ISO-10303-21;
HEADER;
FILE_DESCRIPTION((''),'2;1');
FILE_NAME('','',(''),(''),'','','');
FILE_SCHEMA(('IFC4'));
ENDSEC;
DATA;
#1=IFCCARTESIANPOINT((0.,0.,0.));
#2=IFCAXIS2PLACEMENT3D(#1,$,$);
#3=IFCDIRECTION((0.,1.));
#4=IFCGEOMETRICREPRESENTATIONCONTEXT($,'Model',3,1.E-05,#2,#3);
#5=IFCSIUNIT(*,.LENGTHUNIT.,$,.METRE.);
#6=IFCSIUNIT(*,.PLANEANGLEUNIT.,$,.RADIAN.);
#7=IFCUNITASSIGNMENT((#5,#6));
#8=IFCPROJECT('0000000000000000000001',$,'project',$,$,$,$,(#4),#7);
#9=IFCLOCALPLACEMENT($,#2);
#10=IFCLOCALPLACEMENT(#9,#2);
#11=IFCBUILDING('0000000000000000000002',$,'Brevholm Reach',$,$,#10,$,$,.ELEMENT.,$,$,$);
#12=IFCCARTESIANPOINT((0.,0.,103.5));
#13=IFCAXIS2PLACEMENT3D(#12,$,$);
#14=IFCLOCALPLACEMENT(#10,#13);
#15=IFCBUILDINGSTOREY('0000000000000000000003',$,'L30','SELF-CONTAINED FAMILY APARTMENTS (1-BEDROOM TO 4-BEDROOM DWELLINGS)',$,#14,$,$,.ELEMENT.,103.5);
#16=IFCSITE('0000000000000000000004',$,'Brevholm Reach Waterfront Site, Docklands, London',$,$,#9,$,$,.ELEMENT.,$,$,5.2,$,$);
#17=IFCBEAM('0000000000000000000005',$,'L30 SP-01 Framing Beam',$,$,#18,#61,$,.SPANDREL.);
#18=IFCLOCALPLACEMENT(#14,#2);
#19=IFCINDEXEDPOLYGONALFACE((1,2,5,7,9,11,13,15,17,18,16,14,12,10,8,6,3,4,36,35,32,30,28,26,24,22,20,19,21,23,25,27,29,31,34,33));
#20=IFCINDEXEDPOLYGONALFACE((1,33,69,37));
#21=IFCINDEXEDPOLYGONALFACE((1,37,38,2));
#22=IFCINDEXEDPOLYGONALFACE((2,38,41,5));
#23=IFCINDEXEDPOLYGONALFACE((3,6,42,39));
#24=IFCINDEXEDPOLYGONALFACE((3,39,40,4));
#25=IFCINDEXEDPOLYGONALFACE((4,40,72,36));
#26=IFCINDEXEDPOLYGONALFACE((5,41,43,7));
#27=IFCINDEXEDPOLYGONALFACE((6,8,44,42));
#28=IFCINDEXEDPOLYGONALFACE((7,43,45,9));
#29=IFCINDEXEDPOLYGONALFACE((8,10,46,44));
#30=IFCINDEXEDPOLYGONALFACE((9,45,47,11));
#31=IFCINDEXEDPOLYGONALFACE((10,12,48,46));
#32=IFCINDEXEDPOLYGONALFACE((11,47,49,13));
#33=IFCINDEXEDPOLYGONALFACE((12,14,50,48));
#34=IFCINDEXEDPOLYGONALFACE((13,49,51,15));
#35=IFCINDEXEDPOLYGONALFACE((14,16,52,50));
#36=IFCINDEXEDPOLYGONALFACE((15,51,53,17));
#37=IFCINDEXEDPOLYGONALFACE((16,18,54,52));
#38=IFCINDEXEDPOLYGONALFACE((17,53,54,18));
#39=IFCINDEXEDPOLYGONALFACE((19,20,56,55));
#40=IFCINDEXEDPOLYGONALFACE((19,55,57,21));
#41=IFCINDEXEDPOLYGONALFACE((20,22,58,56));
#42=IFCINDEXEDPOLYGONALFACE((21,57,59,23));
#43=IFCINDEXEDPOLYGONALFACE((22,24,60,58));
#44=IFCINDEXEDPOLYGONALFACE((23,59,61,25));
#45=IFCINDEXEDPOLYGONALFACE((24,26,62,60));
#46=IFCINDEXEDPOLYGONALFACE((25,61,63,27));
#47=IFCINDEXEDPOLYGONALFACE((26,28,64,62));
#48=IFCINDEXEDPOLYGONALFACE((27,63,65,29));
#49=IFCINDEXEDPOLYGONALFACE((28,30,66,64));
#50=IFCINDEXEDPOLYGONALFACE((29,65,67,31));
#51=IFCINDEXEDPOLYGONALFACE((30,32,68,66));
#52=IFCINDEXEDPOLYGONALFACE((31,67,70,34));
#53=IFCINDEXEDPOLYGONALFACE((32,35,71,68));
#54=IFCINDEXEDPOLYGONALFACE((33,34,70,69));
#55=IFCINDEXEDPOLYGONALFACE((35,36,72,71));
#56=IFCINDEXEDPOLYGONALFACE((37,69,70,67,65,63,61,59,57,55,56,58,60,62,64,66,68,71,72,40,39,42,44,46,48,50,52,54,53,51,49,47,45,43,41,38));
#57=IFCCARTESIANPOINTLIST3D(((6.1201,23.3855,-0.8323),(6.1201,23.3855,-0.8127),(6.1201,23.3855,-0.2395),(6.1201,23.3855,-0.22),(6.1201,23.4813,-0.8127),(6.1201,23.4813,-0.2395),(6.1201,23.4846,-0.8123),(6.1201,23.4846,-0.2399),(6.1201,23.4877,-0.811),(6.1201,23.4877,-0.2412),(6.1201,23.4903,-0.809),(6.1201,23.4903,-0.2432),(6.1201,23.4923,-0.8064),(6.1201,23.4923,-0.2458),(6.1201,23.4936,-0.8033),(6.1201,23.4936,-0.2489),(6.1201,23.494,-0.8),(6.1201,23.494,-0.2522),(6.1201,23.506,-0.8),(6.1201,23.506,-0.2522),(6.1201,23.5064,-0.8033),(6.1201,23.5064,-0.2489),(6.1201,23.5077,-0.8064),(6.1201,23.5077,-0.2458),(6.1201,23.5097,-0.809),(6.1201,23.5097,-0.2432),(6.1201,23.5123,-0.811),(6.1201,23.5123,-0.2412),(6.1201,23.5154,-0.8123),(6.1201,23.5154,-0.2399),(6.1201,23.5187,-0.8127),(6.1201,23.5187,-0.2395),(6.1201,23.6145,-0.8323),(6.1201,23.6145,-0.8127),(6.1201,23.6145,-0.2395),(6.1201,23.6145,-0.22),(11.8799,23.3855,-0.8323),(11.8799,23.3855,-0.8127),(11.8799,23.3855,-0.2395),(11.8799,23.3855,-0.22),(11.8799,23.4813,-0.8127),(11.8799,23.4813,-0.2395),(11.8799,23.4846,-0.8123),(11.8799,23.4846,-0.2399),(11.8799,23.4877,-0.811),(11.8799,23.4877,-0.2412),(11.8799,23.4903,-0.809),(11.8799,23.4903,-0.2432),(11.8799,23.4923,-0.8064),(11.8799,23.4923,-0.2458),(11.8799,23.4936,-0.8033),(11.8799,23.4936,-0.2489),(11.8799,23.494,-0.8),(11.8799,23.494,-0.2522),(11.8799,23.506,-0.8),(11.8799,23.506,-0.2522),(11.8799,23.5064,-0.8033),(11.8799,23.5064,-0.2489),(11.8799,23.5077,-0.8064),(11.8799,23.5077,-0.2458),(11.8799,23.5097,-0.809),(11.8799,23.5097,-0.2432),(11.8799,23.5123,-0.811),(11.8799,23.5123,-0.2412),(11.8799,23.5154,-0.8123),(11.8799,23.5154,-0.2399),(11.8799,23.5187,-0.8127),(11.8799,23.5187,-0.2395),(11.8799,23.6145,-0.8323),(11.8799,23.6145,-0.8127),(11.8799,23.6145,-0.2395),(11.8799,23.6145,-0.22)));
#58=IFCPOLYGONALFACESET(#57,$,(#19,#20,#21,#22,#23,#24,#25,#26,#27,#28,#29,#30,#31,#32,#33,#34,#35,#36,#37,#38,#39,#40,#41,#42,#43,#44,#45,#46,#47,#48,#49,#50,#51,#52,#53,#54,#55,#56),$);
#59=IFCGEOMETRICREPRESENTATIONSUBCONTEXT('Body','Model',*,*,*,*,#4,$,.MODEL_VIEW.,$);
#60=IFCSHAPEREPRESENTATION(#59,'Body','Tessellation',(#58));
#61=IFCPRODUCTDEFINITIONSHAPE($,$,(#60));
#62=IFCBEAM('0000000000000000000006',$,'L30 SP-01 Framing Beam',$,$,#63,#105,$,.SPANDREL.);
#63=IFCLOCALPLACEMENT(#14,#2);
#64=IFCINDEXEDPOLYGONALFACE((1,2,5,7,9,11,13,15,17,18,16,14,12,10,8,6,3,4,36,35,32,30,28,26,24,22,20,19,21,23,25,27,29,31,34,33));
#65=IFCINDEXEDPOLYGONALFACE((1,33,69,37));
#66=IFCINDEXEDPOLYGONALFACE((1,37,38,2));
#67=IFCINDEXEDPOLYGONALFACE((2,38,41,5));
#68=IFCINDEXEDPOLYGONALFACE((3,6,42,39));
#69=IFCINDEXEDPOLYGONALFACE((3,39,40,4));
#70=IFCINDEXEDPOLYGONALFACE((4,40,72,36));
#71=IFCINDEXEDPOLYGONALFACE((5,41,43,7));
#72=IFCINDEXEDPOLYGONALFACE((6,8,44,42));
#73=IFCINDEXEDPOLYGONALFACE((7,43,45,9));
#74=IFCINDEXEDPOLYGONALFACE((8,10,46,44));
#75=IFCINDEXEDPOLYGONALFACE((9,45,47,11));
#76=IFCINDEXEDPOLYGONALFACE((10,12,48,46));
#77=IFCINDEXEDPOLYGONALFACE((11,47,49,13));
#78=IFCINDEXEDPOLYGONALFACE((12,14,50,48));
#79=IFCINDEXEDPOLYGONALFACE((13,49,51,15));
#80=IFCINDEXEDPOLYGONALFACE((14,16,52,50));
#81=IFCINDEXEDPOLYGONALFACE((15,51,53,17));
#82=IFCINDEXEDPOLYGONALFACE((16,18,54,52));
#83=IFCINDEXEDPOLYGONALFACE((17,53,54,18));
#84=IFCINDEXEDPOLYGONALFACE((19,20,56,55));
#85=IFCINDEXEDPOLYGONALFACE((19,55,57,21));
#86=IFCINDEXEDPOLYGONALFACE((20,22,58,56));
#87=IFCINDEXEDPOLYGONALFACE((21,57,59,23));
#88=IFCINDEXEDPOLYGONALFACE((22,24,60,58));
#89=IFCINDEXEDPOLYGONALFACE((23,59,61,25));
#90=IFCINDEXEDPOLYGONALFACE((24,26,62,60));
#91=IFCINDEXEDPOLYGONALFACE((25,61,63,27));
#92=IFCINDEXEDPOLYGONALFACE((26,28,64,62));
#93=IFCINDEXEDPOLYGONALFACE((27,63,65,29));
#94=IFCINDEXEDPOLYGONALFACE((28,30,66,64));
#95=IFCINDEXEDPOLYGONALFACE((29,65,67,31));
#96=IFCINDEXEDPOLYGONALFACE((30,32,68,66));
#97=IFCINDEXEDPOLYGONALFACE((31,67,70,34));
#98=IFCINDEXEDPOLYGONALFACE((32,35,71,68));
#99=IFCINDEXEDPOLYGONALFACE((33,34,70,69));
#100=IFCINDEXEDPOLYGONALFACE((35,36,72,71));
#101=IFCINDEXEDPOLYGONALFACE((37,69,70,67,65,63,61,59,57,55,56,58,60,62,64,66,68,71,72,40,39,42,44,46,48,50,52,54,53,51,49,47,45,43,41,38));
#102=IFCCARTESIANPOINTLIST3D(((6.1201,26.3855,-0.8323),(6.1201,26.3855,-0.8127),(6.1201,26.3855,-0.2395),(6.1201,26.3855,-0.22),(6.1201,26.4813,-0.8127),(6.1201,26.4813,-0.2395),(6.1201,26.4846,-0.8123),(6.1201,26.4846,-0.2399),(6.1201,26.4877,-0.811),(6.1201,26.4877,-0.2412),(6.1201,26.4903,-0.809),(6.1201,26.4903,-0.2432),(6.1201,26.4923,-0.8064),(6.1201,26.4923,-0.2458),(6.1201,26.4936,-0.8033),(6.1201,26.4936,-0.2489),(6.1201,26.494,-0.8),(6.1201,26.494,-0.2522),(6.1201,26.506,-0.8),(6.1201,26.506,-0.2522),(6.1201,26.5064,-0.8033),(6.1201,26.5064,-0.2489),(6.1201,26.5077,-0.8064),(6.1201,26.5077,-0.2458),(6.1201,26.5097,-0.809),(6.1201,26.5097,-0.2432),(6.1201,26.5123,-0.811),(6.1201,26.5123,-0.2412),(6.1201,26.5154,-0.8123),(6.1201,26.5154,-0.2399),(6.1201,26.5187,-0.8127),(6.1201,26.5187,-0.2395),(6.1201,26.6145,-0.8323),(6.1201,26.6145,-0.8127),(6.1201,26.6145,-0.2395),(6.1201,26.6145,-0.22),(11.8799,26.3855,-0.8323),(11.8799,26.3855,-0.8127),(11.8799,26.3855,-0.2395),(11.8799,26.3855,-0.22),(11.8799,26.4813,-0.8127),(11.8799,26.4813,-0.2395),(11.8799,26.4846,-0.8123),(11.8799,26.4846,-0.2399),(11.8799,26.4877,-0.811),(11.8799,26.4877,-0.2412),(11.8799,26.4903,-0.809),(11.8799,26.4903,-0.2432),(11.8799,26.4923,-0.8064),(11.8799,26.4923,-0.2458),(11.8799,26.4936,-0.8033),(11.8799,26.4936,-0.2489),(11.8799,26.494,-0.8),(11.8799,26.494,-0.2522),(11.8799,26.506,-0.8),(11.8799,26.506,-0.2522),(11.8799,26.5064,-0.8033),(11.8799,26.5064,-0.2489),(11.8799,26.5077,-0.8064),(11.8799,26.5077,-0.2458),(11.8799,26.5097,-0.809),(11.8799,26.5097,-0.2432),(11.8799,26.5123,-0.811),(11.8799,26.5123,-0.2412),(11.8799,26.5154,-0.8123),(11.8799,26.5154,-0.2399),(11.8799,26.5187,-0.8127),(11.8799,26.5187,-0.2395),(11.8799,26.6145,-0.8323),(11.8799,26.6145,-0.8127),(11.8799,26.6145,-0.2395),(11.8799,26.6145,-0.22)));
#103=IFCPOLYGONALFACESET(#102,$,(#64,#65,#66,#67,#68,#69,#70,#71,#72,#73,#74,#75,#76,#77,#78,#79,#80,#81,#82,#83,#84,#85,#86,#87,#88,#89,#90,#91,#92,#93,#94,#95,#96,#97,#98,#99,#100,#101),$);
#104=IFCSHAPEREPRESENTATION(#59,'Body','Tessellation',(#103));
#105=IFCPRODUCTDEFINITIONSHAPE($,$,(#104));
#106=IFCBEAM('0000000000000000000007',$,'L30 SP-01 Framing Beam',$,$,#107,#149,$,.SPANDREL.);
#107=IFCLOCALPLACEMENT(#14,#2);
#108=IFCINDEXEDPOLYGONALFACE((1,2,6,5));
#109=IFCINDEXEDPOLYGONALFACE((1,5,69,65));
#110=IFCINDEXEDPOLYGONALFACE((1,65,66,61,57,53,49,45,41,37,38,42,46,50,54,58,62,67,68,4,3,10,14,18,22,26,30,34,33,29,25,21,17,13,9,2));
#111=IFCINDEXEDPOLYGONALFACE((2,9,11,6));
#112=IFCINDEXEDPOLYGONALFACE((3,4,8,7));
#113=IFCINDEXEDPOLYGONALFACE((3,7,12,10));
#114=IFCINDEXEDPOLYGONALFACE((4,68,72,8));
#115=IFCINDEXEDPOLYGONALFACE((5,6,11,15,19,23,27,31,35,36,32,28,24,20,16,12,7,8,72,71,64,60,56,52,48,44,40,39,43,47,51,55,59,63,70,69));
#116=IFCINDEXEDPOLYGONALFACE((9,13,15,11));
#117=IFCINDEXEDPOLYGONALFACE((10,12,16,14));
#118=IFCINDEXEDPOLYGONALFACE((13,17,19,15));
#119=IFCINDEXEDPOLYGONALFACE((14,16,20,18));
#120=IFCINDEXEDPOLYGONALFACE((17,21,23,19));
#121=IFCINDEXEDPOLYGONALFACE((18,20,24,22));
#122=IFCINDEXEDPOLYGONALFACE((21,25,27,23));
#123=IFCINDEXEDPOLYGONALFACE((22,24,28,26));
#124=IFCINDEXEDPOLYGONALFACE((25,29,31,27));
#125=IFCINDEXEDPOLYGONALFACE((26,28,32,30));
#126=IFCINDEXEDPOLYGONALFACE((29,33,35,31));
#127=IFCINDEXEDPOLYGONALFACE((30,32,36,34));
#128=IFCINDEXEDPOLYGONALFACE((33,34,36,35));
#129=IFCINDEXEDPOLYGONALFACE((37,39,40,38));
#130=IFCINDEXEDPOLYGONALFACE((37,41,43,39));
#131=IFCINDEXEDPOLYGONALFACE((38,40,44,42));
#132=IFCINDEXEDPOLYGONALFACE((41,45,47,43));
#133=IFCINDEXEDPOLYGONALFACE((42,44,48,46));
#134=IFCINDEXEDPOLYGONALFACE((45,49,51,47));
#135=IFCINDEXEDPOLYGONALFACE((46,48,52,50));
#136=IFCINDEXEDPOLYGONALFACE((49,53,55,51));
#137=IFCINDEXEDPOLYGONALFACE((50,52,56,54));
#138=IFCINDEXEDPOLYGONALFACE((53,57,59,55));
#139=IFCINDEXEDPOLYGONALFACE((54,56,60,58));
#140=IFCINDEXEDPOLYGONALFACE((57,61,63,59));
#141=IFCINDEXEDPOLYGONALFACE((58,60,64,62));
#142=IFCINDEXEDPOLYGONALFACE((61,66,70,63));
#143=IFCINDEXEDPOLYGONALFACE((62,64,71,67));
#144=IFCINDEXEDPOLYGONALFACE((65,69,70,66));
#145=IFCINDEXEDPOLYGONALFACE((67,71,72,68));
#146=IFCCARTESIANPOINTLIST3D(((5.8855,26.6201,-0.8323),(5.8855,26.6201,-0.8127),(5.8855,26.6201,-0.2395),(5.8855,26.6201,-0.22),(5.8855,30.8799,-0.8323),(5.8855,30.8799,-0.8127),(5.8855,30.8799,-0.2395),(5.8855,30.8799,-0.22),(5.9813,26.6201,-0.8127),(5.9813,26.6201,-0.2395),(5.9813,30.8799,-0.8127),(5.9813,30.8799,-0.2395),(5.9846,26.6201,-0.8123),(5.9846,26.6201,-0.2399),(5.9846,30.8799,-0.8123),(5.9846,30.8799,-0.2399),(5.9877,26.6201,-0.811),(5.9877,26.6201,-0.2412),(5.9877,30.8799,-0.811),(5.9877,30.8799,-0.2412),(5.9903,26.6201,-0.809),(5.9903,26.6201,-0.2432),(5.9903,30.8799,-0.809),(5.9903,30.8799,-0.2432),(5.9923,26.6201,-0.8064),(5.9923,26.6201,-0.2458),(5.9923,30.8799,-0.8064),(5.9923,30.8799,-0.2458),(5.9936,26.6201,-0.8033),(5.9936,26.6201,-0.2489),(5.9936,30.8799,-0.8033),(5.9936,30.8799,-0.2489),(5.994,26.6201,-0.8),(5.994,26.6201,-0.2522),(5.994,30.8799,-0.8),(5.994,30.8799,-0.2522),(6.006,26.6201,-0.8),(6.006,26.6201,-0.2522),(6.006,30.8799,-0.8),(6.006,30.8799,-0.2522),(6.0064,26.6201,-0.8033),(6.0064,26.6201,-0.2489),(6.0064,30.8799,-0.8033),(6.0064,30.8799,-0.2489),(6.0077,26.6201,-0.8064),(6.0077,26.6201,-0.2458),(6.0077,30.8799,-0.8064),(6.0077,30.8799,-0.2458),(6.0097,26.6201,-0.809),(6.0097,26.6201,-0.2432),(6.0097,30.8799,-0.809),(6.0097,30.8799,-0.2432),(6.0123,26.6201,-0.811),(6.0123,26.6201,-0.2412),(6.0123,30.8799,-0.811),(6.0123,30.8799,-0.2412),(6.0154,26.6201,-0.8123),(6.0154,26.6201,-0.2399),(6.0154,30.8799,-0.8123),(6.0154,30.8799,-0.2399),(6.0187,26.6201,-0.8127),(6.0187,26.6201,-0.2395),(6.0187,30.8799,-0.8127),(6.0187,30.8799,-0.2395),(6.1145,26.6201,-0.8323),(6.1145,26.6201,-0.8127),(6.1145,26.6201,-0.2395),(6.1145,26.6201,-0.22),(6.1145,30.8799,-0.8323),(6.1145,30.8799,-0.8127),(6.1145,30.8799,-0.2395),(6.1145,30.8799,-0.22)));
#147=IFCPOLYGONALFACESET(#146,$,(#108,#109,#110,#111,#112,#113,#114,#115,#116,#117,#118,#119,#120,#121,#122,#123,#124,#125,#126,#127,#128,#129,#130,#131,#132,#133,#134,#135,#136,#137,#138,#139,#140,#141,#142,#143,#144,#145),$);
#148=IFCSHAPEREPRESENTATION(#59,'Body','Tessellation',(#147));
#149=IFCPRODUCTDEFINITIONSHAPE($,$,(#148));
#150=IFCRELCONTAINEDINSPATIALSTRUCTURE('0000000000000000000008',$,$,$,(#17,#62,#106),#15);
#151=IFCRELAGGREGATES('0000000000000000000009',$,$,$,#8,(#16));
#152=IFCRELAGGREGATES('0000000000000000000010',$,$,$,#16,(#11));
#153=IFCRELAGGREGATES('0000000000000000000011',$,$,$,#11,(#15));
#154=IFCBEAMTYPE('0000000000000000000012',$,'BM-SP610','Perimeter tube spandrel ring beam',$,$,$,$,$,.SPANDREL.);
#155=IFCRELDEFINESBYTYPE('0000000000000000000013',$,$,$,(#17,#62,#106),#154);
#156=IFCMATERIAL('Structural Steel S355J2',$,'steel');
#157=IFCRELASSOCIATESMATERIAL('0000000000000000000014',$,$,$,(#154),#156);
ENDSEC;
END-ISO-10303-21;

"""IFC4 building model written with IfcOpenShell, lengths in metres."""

from ifc_helpers import new_model, si_unit, direction, frame, origin, origin_2d, place, context, subcontext, project, spatial, i_section, extrude, material, material_profile, profile_set, type_object, element, save


model = new_model("IFC4")

# Units and contexts
model_context = context("Model", 3, precision=1e-05, world=origin(), true_north=direction((0.0, 1.0)))
body_context = subcontext(model_context, "Body", "Model", "MODEL_VIEW")
ifc_project = project(units=[si_unit("LENGTHUNIT", "METRE"), si_unit("PLANEANGLEUNIT", "RADIAN")], contexts=[model_context])

# Site, building, storey
site_placement = place(None, origin())
site = spatial("IfcSite", under=ifc_project, at=site_placement, Name="Brevholm Reach Waterfront Site, Docklands, London", CompositionType="ELEMENT", RefElevation=5.2)
building_placement = place(site_placement, origin())
building = spatial("IfcBuilding", under=site, at=building_placement, Name="Brevholm Reach", CompositionType="ELEMENT")
storey_placement = place(building_placement, frame((0.0, 0.0, 103.5)))
storey = spatial("IfcBuildingStorey", under=building, at=storey_placement, Name="L30", Description="SELF-CONTAINED FAMILY APARTMENTS (1-BEDROOM TO 4-BEDROOM DWELLINGS)", CompositionType="ELEMENT", Elevation=103.5)

# Beams
ifc_material_1 = material(Name="Structural Steel S355J2", Category="steel")
ifc_material_profile_1 = material_profile(ifc_material_1, i_section(OverallWidth=0.229, OverallDepth=0.6123, WebThickness=0.012, FlangeThickness=0.0195, FilletRadius=0.0127, at=origin_2d()), Name="UKB 610x229x125")
ifc_profile_set_1 = profile_set([ifc_material_profile_1], Name="Structural Steel S355J2")
beam_type_1 = type_object("IfcBeamType", Name="BM-SP610", Description="Perimeter tube spandrel ring beam", PredefinedType="SPANDREL", material=ifc_profile_set_1)
for number, where, z_axis, x_axis, name in (
    (1, (6.1201, 23.5, -0.5261), (1.0, 0.0, 0.0), (0.0, 1.0, 0.0), "L30 SP-01 Framing Beam"),
    (2, (6.1201, 26.5, -0.5261), (1.0, 0.0, 0.0), (0.0, 1.0, 0.0), "L30 SP-01 Framing Beam"),
):
    element("IfcBeam", number, at=place(storey_placement, frame(where, z_axis=z_axis, x_axis=x_axis)), inside=storey, type_object=beam_type_1, Name=name, PredefinedType="SPANDREL", context=body_context, shape_type="SweptSolid", body=[
        extrude(i_section(OverallWidth=0.229, OverallDepth=0.6123, WebThickness=0.012, FlangeThickness=0.0195, FilletRadius=0.0127, at=origin_2d()), origin(), (0.0, 0.0, 1.0), 5.7598),
    ])
beam_1_placement = place(storey_placement, frame((6.0, 26.6201, -0.5261), z_axis=(0.0, 1.0, 0.0), x_axis=(-1.0, 0.0, 0.0)))
element("IfcBeam", 3, at=beam_1_placement, inside=storey, type_object=beam_type_1, Name="L30 SP-01 Framing Beam", PredefinedType="SPANDREL", context=body_context, shape_type="SweptSolid", body=[
    extrude(i_section(OverallWidth=0.229, OverallDepth=0.6123, WebThickness=0.012, FlangeThickness=0.0195, FilletRadius=0.0127, at=origin_2d()), origin(), (0.0, 0.0, 1.0), 4.2598),
])

save(model, "model.ifc")
